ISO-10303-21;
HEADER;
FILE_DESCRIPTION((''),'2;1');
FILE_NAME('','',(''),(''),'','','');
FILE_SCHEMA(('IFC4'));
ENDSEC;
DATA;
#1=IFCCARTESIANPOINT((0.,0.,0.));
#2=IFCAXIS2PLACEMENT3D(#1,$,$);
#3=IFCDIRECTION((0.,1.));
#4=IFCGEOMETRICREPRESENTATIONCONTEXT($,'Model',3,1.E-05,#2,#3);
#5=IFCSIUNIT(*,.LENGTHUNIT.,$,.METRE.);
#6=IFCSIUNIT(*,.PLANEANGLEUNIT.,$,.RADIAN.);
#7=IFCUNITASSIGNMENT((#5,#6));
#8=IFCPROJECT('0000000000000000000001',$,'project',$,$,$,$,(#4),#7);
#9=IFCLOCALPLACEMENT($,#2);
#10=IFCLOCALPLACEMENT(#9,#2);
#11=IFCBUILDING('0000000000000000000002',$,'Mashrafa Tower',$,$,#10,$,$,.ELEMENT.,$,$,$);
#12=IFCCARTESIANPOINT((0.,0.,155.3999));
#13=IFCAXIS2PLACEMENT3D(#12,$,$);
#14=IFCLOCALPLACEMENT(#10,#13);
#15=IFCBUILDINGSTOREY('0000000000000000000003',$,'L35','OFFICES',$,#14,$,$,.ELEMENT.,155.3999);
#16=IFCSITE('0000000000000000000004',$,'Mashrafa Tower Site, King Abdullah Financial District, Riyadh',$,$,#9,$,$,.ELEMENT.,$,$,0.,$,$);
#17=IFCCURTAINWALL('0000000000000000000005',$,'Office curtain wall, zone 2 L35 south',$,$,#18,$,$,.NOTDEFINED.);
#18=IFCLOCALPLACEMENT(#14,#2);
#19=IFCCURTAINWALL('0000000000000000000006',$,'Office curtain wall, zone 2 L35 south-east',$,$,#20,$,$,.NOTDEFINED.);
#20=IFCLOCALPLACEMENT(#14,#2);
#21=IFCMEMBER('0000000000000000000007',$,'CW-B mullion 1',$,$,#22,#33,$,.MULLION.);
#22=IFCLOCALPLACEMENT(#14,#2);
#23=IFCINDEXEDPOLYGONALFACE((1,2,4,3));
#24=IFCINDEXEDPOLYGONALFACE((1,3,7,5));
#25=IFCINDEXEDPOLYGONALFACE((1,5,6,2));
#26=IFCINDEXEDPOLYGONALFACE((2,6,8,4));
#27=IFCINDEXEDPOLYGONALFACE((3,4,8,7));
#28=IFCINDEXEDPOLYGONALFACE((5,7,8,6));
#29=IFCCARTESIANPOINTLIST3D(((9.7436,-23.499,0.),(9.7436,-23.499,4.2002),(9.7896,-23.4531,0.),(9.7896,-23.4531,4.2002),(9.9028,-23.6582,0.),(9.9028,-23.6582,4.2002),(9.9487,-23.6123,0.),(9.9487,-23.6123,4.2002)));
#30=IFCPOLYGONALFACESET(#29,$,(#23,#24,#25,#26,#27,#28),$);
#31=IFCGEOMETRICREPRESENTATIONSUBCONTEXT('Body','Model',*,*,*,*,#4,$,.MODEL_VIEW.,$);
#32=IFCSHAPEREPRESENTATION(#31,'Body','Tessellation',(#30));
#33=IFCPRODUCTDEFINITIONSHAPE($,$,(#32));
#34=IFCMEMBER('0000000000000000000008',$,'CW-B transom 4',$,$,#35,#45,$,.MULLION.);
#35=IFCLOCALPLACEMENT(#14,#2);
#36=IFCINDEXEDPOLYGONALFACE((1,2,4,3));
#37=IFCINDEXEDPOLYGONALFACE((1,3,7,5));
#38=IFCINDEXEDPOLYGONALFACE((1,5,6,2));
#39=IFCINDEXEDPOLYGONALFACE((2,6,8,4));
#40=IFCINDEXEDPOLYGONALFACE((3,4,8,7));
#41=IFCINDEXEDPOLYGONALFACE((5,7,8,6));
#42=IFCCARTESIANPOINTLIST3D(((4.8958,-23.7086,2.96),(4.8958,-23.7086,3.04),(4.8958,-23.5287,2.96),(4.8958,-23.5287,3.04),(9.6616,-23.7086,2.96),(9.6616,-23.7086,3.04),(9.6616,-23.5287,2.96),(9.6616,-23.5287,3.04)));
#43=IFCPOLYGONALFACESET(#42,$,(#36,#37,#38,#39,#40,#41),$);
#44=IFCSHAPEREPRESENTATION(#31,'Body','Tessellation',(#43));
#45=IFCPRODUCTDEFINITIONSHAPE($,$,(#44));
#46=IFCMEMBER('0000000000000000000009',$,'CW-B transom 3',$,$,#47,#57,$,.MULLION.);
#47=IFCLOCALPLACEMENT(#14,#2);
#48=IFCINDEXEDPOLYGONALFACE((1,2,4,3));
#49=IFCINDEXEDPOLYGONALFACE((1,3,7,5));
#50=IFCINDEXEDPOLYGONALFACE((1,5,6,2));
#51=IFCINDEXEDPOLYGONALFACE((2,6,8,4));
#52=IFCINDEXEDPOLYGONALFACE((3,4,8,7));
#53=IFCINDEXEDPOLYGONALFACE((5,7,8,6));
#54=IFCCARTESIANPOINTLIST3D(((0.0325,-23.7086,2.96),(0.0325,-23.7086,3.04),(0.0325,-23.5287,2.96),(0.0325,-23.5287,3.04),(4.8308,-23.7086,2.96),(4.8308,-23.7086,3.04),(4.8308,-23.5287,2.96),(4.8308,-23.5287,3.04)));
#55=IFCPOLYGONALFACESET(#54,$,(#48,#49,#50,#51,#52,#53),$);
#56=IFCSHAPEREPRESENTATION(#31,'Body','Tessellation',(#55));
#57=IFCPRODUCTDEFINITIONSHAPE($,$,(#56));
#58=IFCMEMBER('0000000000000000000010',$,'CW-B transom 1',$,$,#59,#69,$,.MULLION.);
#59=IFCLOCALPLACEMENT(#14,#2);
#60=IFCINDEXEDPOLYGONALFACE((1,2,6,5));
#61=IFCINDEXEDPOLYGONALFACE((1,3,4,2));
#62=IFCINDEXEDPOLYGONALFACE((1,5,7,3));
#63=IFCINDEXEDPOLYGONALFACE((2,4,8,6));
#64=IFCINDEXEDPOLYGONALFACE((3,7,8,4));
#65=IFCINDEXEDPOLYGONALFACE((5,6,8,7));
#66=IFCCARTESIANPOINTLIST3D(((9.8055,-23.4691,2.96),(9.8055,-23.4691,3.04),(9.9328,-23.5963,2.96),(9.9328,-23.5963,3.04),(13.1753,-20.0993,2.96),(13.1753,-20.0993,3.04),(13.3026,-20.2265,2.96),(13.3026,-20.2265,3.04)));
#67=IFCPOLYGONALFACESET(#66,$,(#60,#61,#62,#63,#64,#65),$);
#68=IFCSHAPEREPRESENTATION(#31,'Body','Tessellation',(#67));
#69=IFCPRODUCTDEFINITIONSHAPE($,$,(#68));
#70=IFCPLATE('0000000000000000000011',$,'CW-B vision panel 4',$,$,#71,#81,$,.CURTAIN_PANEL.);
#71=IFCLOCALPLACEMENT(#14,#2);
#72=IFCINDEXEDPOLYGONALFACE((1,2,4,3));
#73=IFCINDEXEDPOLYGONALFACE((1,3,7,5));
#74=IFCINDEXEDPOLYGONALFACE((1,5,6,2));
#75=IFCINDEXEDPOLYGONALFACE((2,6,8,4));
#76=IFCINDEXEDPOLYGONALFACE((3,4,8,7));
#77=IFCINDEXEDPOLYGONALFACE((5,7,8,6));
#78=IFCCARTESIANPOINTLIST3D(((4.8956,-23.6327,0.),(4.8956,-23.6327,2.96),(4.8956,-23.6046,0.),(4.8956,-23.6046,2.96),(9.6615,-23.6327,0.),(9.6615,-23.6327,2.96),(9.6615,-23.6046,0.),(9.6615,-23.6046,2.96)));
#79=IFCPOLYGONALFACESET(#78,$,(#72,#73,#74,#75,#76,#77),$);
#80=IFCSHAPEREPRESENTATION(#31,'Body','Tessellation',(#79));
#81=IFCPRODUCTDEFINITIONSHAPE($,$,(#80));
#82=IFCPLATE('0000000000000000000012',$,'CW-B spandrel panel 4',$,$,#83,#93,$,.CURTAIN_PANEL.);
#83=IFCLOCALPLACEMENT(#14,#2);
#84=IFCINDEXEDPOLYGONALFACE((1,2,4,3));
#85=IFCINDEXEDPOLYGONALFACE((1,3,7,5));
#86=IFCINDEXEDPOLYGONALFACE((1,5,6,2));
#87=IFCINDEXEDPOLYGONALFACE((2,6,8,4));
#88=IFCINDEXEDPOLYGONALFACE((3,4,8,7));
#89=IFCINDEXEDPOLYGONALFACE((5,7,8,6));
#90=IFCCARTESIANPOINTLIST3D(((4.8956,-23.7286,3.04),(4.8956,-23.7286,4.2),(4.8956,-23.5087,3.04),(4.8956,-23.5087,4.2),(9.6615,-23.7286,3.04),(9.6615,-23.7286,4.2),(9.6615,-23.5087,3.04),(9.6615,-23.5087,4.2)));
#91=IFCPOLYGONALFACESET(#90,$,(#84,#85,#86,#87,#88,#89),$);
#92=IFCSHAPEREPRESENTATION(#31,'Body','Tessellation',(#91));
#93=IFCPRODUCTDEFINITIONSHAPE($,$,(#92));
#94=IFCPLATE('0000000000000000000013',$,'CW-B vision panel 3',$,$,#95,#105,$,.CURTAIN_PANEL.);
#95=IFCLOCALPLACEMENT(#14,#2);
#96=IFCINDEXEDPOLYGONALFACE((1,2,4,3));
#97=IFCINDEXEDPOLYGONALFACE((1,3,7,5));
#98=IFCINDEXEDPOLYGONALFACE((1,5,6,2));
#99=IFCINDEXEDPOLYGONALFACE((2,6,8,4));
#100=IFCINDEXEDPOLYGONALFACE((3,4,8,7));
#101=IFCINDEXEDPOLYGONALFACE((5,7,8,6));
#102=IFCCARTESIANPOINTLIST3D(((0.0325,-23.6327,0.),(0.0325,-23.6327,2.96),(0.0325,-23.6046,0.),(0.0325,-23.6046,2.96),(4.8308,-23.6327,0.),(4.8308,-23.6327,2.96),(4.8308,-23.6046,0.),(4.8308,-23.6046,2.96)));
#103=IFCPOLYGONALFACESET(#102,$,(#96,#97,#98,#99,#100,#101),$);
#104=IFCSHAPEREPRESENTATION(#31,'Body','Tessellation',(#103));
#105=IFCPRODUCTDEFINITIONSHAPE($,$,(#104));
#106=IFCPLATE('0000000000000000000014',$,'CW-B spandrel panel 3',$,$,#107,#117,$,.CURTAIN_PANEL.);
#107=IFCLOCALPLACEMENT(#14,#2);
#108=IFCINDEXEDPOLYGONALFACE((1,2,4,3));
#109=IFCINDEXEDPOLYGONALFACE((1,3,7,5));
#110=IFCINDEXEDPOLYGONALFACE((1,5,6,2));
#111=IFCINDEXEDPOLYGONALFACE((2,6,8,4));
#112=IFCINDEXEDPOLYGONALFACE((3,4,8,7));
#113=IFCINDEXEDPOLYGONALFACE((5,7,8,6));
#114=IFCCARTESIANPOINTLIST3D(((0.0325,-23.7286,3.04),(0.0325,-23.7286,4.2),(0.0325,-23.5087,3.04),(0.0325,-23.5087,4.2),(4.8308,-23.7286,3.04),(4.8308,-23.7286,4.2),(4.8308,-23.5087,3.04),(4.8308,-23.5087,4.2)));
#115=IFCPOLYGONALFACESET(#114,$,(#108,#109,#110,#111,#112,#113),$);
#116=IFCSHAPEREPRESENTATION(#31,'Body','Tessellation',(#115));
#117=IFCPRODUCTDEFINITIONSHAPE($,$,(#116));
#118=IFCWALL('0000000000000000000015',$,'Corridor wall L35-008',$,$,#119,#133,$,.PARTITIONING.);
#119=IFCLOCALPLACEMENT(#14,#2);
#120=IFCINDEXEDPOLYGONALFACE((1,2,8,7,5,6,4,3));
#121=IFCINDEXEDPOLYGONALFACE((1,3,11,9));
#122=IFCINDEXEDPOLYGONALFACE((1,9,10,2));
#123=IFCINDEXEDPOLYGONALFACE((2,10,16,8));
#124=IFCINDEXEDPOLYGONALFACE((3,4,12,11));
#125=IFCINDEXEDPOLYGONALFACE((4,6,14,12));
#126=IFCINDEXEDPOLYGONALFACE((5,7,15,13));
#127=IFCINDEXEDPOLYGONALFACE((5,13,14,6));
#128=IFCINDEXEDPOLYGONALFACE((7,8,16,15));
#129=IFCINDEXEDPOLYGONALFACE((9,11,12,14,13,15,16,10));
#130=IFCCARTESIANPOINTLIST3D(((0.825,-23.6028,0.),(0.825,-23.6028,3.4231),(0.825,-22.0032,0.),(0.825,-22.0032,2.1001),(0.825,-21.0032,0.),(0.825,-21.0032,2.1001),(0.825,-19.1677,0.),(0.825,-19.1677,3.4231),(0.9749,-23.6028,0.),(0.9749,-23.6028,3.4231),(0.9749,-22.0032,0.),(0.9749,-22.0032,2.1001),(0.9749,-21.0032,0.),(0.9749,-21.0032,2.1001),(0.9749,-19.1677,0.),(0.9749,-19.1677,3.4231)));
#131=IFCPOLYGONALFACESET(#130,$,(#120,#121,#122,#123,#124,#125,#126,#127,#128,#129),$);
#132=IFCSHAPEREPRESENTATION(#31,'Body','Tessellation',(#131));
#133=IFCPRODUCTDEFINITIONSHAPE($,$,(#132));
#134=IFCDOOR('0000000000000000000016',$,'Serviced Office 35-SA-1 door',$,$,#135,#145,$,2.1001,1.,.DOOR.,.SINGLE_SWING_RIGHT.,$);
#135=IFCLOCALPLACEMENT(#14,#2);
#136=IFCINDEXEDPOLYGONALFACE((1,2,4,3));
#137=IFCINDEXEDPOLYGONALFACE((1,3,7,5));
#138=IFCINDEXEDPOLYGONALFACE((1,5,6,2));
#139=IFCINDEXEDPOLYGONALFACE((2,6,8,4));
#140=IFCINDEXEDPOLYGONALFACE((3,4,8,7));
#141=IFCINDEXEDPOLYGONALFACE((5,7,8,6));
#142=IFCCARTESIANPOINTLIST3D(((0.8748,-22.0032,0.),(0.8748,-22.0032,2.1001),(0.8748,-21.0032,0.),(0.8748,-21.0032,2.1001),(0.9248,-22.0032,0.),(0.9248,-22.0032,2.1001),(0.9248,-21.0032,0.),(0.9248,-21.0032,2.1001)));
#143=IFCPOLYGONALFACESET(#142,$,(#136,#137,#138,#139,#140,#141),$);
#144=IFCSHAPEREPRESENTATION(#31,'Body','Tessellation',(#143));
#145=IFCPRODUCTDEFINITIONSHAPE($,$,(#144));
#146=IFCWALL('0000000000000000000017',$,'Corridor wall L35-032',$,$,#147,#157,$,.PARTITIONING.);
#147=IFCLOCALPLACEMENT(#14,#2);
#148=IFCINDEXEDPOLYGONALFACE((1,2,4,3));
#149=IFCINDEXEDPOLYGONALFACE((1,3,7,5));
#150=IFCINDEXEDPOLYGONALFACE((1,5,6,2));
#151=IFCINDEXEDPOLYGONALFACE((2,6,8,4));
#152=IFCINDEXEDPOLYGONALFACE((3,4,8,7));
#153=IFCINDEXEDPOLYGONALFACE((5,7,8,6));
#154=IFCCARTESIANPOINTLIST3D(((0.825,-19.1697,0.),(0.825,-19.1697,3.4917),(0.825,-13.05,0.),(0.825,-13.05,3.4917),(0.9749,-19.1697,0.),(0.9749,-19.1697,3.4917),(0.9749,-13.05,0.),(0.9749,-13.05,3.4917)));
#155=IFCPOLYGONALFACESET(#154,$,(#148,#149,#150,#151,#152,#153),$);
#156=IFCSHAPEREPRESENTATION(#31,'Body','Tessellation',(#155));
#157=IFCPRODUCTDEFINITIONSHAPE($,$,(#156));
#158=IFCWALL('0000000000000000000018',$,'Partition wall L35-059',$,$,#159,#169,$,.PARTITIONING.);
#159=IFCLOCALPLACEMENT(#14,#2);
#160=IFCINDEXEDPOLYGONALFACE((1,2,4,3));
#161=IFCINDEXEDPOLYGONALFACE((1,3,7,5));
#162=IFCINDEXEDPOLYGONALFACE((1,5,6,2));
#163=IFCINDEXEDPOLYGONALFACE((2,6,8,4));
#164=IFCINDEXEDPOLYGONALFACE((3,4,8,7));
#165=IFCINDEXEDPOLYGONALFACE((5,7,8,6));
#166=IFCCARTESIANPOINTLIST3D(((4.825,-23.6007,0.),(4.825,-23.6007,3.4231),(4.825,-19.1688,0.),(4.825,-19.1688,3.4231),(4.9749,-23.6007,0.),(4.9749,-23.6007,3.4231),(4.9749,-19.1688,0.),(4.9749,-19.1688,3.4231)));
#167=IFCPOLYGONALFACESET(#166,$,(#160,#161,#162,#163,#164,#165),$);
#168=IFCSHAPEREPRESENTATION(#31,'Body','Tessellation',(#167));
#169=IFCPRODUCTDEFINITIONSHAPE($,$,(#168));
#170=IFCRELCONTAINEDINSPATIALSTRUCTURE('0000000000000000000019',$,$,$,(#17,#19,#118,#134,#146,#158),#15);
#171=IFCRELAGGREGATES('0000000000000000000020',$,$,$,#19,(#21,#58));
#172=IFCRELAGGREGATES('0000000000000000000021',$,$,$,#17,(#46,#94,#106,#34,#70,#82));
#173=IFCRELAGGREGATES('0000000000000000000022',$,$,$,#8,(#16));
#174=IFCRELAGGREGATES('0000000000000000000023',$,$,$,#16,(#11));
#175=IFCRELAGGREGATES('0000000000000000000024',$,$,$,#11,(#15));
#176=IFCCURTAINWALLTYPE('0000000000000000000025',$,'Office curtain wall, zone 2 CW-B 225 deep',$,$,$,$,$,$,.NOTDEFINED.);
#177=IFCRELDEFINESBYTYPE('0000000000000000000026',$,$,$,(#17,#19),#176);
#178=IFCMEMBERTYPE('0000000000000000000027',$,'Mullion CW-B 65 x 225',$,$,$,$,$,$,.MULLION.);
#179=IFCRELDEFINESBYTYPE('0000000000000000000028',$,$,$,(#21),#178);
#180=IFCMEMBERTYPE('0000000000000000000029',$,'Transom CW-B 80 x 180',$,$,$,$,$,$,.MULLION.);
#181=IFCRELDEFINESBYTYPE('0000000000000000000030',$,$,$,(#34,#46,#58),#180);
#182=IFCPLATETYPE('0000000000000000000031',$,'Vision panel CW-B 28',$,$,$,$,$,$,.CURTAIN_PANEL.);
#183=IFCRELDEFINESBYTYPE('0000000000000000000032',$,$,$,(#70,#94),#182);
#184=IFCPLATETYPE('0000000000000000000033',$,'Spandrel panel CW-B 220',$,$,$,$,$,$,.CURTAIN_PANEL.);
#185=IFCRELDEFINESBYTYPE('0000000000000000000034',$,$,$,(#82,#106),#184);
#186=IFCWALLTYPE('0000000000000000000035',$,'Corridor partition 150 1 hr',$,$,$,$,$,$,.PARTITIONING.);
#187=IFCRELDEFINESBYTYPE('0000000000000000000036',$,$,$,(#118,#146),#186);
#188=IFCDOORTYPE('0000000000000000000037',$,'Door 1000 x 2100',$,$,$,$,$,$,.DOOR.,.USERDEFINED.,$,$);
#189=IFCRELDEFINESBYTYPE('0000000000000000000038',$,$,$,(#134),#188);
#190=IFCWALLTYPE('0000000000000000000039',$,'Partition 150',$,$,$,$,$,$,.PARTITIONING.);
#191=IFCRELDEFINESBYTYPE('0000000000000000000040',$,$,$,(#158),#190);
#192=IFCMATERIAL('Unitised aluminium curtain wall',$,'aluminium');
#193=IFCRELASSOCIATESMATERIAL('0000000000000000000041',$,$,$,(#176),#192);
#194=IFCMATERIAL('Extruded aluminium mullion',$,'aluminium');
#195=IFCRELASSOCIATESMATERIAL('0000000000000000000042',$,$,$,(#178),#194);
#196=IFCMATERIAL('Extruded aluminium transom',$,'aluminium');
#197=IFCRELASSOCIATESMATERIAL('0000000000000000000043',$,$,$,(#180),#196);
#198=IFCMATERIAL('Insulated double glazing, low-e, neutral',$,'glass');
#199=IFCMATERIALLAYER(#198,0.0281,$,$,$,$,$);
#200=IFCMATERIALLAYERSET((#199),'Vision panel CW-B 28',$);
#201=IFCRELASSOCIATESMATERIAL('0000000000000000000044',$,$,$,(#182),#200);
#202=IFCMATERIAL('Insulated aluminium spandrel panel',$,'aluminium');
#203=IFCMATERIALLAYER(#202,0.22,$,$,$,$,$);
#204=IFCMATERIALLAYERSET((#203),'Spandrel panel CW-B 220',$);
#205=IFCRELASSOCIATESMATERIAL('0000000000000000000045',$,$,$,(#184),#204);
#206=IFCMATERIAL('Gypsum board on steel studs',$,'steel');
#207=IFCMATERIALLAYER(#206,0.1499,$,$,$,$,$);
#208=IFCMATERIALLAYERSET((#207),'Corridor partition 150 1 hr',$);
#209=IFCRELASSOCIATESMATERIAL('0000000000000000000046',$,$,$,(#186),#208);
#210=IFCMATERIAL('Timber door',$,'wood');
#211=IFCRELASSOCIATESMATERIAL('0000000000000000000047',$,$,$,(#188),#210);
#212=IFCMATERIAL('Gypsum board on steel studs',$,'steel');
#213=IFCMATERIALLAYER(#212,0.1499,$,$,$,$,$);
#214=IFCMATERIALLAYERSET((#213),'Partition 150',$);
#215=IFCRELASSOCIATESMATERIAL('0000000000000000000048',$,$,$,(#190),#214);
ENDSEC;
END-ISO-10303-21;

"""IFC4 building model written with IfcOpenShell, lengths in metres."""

from ifc_helpers import new_model, si_unit, direction, frame, frame_2d, origin, origin_2d, place, context, subcontext, project, spatial, rectangle, extrude, source, transform, mapped, material, layer, layer_set, material_profile, profile_set, type_object, type_shapes, element, fill, aggregate, save


model = new_model("IFC4")

# Units and contexts
model_context = context("Model", 3, precision=1e-05, world=origin(), true_north=direction((0.0, 1.0)))
body_context = subcontext(model_context, "Body", "Model", "MODEL_VIEW")
ifc_project = project(units=[si_unit("LENGTHUNIT", "METRE"), si_unit("PLANEANGLEUNIT", "RADIAN")], contexts=[model_context])

# Site, building, storey
site_placement = place(None, origin())
site = spatial("IfcSite", under=ifc_project, at=site_placement, Name="Mashrafa Tower Site, King Abdullah Financial District, Riyadh", CompositionType="ELEMENT", RefElevation=0.0)
building_placement = place(site_placement, origin())
building = spatial("IfcBuilding", under=site, at=building_placement, Name="Mashrafa Tower", CompositionType="ELEMENT")
storey_placement = place(building_placement, frame((0.0, 0.0, 155.3999)))
storey = spatial("IfcBuildingStorey", under=building, at=storey_placement, Name="L35", Description="OFFICES", CompositionType="ELEMENT", Elevation=155.3999)

# Curtain wall
ifc_material_1 = material(Name="Unitised aluminium curtain wall", Category="aluminium")
curtain_wall_type = type_object("IfcCurtainWallType", Name="Office curtain wall, zone 2 CW-B 225 deep", PredefinedType="NOTDEFINED", material=ifc_material_1)
curtain_wall_1_placement = place(storey_placement, origin())
curtain_wall_1 = element("IfcCurtainWall", 1, at=curtain_wall_1_placement, inside=storey, type_object=curtain_wall_type, Name="Office curtain wall, zone 2 L35 south", PredefinedType="NOTDEFINED")
ifc_material_2 = material(Name="Extruded aluminium mullion", Category="aluminium")
ifc_material_profile_1 = material_profile(ifc_material_2, rectangle(XDim=0.2251, YDim=0.0649, at=origin_2d()), Name="Mullion 65x225")
ifc_profile_set_1 = profile_set([ifc_material_profile_1], Name="Extruded aluminium mullion")
member_type_1 = type_object("IfcMemberType", Name="Mullion CW-B 65 x 225", PredefinedType="MULLION", material=ifc_profile_set_1)
shared_shape_1 = source(origin(), body_context, "Body", "SweptSolid", [
    extrude(rectangle(XDim=0.2251, YDim=0.0649, at=origin_2d()), origin(), (0.0, 0.0, 1.0), 4.2002),
])
type_shapes(member_type_1, [shared_shape_1])

# Curtain wall, member
curtain_wall_2_placement = place(storey_placement, origin())
curtain_wall_2 = element("IfcCurtainWall", 2, at=curtain_wall_2_placement, inside=storey, type_object=curtain_wall_type, Name="Office curtain wall, zone 2 L35 south-east", PredefinedType="NOTDEFINED")
member_1_placement = place(storey_placement, frame((9.8462, -23.5557, 0.0), z_axis=(0.0, 0.0, 1.0), x_axis=(-0.707107, 0.707107, 0.0)))
member_1 = element("IfcMember", 3, at=member_1_placement, type_object=member_type_1, Name="CW-B mullion 1", PredefinedType="MULLION", context=body_context, shape_type="MappedRepresentation", body=[
    mapped(shared_shape_1, transform((0.0, 0.0, 0.0))),
])

# Members
ifc_material_3 = material(Name="Extruded aluminium transom", Category="aluminium")
ifc_material_profile_2 = material_profile(ifc_material_3, rectangle(XDim=0.1799, YDim=0.0801, at=origin_2d()), Name="Transom 80x180")
ifc_profile_set_2 = profile_set([ifc_material_profile_2], Name="Extruded aluminium transom")
member_type_2 = type_object("IfcMemberType", Name="Transom CW-B 80 x 180", PredefinedType="MULLION", material=ifc_profile_set_2)
shared_shape_2 = source(origin(), body_context, "Body", "SweptSolid", [
    extrude(rectangle(XDim=0.1799, YDim=0.0801, at=origin_2d()), origin(), (0.0, 0.0, 1.0), 4.7659),
])
member_2_placement = place(storey_placement, frame((4.8958, -23.6187, 3.0), z_axis=(1.0, 0.0, 0.0), x_axis=(0.0, 1.0, 0.0)))
member_2 = element("IfcMember", 4, at=member_2_placement, type_object=member_type_2, Name="CW-B transom 4", PredefinedType="MULLION", context=body_context, shape_type="MappedRepresentation", body=[
    mapped(shared_shape_2, transform((0.0, 0.0, 0.0))),
])
shared_shape_3 = source(origin(), body_context, "Body", "SweptSolid", [
    extrude(rectangle(XDim=0.1799, YDim=0.0801, at=origin_2d()), origin(), (0.0, 0.0, 1.0), 4.7983),
])
member_3_placement = place(storey_placement, frame((0.0325, -23.6187, 3.0), z_axis=(1.0, 0.0, 0.0), x_axis=(0.0, 1.0, 0.0)))
member_3 = element("IfcMember", 5, at=member_3_placement, type_object=member_type_2, Name="CW-B transom 3", PredefinedType="MULLION", context=body_context, shape_type="MappedRepresentation", body=[
    mapped(shared_shape_3, transform((0.0, 0.0, 0.0))),
])
shared_shape_4 = source(origin(), body_context, "Body", "SweptSolid", [
    extrude(rectangle(XDim=0.1799, YDim=0.0801, at=origin_2d()), origin(), (0.0, 0.0, 1.0), 4.7656),
])
type_shapes(member_type_2, [shared_shape_2, shared_shape_3, shared_shape_4])
member_4_placement = place(storey_placement, frame((9.8691, -23.5327, 3.0), z_axis=(0.707107, 0.707107, 0.0), x_axis=(-0.707107, 0.707107, 0.0)))
member_4 = element("IfcMember", 6, at=member_4_placement, type_object=member_type_2, Name="CW-B transom 1", PredefinedType="MULLION", context=body_context, shape_type="MappedRepresentation", body=[
    mapped(shared_shape_4, transform((0.0, 0.0, 0.0))),
])
aggregate(curtain_wall_2, [member_1, member_4])

# Plates
ifc_material_4 = material(Name="Insulated double glazing, low-e, neutral", Category="glass")
ifc_layer_1 = layer(ifc_material_4, 0.0281)
ifc_layer_set_1 = layer_set([ifc_layer_1], Name="Vision panel CW-B 28")
plate_type_1 = type_object("IfcPlateType", Name="Vision panel CW-B 28", PredefinedType="CURTAIN_PANEL", material=ifc_layer_set_1)
shared_shape_5 = source(origin(), body_context, "Body", "SweptSolid", [
    extrude(rectangle(XDim=4.7659, YDim=0.0281, at=origin_2d()), origin(), (0.0, 0.0, 1.0), 2.96),
])
plate_1_placement = place(storey_placement, frame((7.2786, -23.6187, 0.0), z_axis=(0.0, 0.0, 1.0), x_axis=(1.0, 0.0, 0.0)))
plate_1 = element("IfcPlate", 7, at=plate_1_placement, type_object=plate_type_1, Name="CW-B vision panel 4", PredefinedType="CURTAIN_PANEL", context=body_context, shape_type="MappedRepresentation", body=[
    mapped(shared_shape_5, transform((0.0, 0.0, 0.0))),
])
ifc_material_5 = material(Name="Insulated aluminium spandrel panel", Category="aluminium")
ifc_layer_2 = layer(ifc_material_5, 0.22)
ifc_layer_set_2 = layer_set([ifc_layer_2], Name="Spandrel panel CW-B 220")
plate_type_2 = type_object("IfcPlateType", Name="Spandrel panel CW-B 220", PredefinedType="CURTAIN_PANEL", material=ifc_layer_set_2)
shared_shape_6 = source(origin(), body_context, "Body", "SweptSolid", [
    extrude(rectangle(XDim=4.7659, YDim=0.22, at=origin_2d()), origin(), (0.0, 0.0, 1.0), 1.1599),
])
plate_2_placement = place(storey_placement, frame((7.2786, -23.6187, 3.04), z_axis=(0.0, 0.0, 1.0), x_axis=(1.0, 0.0, 0.0)))
plate_2 = element("IfcPlate", 8, at=plate_2_placement, type_object=plate_type_2, Name="CW-B spandrel panel 4", PredefinedType="CURTAIN_PANEL", context=body_context, shape_type="MappedRepresentation", body=[
    mapped(shared_shape_6, transform((0.0, 0.0, 0.0))),
])
shared_shape_7 = source(origin(), body_context, "Body", "SweptSolid", [
    extrude(rectangle(XDim=4.7983, YDim=0.0281, at=origin_2d()), origin(), (0.0, 0.0, 1.0), 2.96),
])
type_shapes(plate_type_1, [shared_shape_5, shared_shape_7])
plate_3_placement = place(storey_placement, frame((2.4316, -23.6187, 0.0), z_axis=(0.0, 0.0, 1.0), x_axis=(1.0, 0.0, 0.0)))
plate_3 = element("IfcPlate", 9, at=plate_3_placement, type_object=plate_type_1, Name="CW-B vision panel 3", PredefinedType="CURTAIN_PANEL", context=body_context, shape_type="MappedRepresentation", body=[
    mapped(shared_shape_7, transform((0.0, 0.0, 0.0))),
])
shared_shape_8 = source(origin(), body_context, "Body", "SweptSolid", [
    extrude(rectangle(XDim=4.7983, YDim=0.22, at=origin_2d()), origin(), (0.0, 0.0, 1.0), 1.1599),
])
type_shapes(plate_type_2, [shared_shape_6, shared_shape_8])
plate_4_placement = place(storey_placement, frame((2.4316, -23.6187, 3.04), z_axis=(0.0, 0.0, 1.0), x_axis=(1.0, 0.0, 0.0)))
plate_4 = element("IfcPlate", 10, at=plate_4_placement, type_object=plate_type_2, Name="CW-B spandrel panel 3", PredefinedType="CURTAIN_PANEL", context=body_context, shape_type="MappedRepresentation", body=[
    mapped(shared_shape_8, transform((0.0, 0.0, 0.0))),
])
aggregate(curtain_wall_1, [member_3, plate_3, plate_4, member_2, plate_1, plate_2])

# Wall, opening, door
ifc_material_6 = material(Name="Gypsum board on steel studs", Category="steel")
ifc_layer_3 = layer(ifc_material_6, 0.1499)
ifc_layer_set_3 = layer_set([ifc_layer_3], Name="Corridor partition 150 1 hr")
wall_type_1 = type_object("IfcWallType", Name="Corridor partition 150 1 hr", PredefinedType="PARTITIONING", material=ifc_layer_set_3)
wall_1_placement = place(storey_placement, frame((0.8999, -23.6028, 0.0), z_axis=(0.0, 0.0, 1.0), x_axis=(0.0, 1.0, 0.0)))
wall_1 = element("IfcWall", 11, at=wall_1_placement, inside=storey, type_object=wall_type_1, Name="Corridor wall L35-008", PredefinedType="PARTITIONING", context=body_context, shape_type="SweptSolid", body=[
    extrude(rectangle(XDim=4.4351, YDim=0.1499, at=frame_2d((2.2175, 0.0))), origin(), (0.0, 0.0, 1.0), 3.4231),
])
opening_1_placement = place(wall_1_placement, frame((1.5996, 0.0, 0.0)))
opening_1 = element("IfcOpeningElement", 12, at=opening_1_placement, cuts=wall_1, PredefinedType="OPENING", context=body_context, shape_type="SweptSolid", body=[
    extrude(rectangle(XDim=1.0, YDim=2.1001, at=frame_2d((0.5, 1.05))), frame((0.0, 0.085, 0.0), z_axis=(0.0, -1.0, 0.0), x_axis=(1.0, 0.0, 0.0)), (0.0, 0.0, 1.0), 0.1699),
])
ifc_material_7 = material(Name="Timber door", Category="wood")
door_type = type_object("IfcDoorType", Name="Door 1000 x 2100", OperationType="USERDEFINED", PredefinedType="DOOR", material=ifc_material_7)
door_1_placement = place(opening_1_placement, frame((1.0, 0.0, 0.0), z_axis=(0.0, 0.0, 1.0), x_axis=(-1.0, 0.0, 0.0)))
door_1 = element("IfcDoor", 13, at=door_1_placement, inside=storey, type_object=door_type, Name="Serviced Office 35-SA-1 door", OperationType="SINGLE_SWING_RIGHT", OverallHeight=2.1001, OverallWidth=1.0, PredefinedType="DOOR", context=body_context, shape_type="SweptSolid", body=[
    extrude(rectangle(XDim=1.0, YDim=2.1001, at=frame_2d((0.5, 1.05))), frame((0.0, 0.0249, 0.0), z_axis=(0.0, -1.0, 0.0), x_axis=(1.0, 0.0, 0.0)), (0.0, 0.0, 1.0), 0.05),
])
fill(opening_1, door_1)

# Walls
wall_2_placement = place(storey_placement, frame((0.8999, -19.1697, 0.0), z_axis=(0.0, 0.0, 1.0), x_axis=(0.0, 1.0, 0.0)))
element("IfcWall", 14, at=wall_2_placement, inside=storey, type_object=wall_type_1, Name="Corridor wall L35-032", PredefinedType="PARTITIONING", context=body_context, shape_type="SweptSolid", body=[
    extrude(rectangle(XDim=6.1196, YDim=0.1499, at=frame_2d((3.0598, 0.0))), origin(), (0.0, 0.0, 1.0), 3.4917),
])
ifc_material_8 = material(Name="Gypsum board on steel studs", Category="steel")
ifc_layer_4 = layer(ifc_material_8, 0.1499)
ifc_layer_set_4 = layer_set([ifc_layer_4], Name="Partition 150")
wall_type_2 = type_object("IfcWallType", Name="Partition 150", PredefinedType="PARTITIONING", material=ifc_layer_set_4)
wall_3_placement = place(storey_placement, frame((4.8999, -23.6006, 0.0), z_axis=(0.0, 0.0, 1.0), x_axis=(0.0, 1.0, 0.0)))
element("IfcWall", 15, at=wall_3_placement, inside=storey, type_object=wall_type_2, Name="Partition wall L35-059", PredefinedType="PARTITIONING", context=body_context, shape_type="SweptSolid", body=[
    extrude(rectangle(XDim=4.4319, YDim=0.1499, at=frame_2d((2.2158, 0.0))), origin(), (0.0, 0.0, 1.0), 3.4231),
])

save(model, "model.ifc")
